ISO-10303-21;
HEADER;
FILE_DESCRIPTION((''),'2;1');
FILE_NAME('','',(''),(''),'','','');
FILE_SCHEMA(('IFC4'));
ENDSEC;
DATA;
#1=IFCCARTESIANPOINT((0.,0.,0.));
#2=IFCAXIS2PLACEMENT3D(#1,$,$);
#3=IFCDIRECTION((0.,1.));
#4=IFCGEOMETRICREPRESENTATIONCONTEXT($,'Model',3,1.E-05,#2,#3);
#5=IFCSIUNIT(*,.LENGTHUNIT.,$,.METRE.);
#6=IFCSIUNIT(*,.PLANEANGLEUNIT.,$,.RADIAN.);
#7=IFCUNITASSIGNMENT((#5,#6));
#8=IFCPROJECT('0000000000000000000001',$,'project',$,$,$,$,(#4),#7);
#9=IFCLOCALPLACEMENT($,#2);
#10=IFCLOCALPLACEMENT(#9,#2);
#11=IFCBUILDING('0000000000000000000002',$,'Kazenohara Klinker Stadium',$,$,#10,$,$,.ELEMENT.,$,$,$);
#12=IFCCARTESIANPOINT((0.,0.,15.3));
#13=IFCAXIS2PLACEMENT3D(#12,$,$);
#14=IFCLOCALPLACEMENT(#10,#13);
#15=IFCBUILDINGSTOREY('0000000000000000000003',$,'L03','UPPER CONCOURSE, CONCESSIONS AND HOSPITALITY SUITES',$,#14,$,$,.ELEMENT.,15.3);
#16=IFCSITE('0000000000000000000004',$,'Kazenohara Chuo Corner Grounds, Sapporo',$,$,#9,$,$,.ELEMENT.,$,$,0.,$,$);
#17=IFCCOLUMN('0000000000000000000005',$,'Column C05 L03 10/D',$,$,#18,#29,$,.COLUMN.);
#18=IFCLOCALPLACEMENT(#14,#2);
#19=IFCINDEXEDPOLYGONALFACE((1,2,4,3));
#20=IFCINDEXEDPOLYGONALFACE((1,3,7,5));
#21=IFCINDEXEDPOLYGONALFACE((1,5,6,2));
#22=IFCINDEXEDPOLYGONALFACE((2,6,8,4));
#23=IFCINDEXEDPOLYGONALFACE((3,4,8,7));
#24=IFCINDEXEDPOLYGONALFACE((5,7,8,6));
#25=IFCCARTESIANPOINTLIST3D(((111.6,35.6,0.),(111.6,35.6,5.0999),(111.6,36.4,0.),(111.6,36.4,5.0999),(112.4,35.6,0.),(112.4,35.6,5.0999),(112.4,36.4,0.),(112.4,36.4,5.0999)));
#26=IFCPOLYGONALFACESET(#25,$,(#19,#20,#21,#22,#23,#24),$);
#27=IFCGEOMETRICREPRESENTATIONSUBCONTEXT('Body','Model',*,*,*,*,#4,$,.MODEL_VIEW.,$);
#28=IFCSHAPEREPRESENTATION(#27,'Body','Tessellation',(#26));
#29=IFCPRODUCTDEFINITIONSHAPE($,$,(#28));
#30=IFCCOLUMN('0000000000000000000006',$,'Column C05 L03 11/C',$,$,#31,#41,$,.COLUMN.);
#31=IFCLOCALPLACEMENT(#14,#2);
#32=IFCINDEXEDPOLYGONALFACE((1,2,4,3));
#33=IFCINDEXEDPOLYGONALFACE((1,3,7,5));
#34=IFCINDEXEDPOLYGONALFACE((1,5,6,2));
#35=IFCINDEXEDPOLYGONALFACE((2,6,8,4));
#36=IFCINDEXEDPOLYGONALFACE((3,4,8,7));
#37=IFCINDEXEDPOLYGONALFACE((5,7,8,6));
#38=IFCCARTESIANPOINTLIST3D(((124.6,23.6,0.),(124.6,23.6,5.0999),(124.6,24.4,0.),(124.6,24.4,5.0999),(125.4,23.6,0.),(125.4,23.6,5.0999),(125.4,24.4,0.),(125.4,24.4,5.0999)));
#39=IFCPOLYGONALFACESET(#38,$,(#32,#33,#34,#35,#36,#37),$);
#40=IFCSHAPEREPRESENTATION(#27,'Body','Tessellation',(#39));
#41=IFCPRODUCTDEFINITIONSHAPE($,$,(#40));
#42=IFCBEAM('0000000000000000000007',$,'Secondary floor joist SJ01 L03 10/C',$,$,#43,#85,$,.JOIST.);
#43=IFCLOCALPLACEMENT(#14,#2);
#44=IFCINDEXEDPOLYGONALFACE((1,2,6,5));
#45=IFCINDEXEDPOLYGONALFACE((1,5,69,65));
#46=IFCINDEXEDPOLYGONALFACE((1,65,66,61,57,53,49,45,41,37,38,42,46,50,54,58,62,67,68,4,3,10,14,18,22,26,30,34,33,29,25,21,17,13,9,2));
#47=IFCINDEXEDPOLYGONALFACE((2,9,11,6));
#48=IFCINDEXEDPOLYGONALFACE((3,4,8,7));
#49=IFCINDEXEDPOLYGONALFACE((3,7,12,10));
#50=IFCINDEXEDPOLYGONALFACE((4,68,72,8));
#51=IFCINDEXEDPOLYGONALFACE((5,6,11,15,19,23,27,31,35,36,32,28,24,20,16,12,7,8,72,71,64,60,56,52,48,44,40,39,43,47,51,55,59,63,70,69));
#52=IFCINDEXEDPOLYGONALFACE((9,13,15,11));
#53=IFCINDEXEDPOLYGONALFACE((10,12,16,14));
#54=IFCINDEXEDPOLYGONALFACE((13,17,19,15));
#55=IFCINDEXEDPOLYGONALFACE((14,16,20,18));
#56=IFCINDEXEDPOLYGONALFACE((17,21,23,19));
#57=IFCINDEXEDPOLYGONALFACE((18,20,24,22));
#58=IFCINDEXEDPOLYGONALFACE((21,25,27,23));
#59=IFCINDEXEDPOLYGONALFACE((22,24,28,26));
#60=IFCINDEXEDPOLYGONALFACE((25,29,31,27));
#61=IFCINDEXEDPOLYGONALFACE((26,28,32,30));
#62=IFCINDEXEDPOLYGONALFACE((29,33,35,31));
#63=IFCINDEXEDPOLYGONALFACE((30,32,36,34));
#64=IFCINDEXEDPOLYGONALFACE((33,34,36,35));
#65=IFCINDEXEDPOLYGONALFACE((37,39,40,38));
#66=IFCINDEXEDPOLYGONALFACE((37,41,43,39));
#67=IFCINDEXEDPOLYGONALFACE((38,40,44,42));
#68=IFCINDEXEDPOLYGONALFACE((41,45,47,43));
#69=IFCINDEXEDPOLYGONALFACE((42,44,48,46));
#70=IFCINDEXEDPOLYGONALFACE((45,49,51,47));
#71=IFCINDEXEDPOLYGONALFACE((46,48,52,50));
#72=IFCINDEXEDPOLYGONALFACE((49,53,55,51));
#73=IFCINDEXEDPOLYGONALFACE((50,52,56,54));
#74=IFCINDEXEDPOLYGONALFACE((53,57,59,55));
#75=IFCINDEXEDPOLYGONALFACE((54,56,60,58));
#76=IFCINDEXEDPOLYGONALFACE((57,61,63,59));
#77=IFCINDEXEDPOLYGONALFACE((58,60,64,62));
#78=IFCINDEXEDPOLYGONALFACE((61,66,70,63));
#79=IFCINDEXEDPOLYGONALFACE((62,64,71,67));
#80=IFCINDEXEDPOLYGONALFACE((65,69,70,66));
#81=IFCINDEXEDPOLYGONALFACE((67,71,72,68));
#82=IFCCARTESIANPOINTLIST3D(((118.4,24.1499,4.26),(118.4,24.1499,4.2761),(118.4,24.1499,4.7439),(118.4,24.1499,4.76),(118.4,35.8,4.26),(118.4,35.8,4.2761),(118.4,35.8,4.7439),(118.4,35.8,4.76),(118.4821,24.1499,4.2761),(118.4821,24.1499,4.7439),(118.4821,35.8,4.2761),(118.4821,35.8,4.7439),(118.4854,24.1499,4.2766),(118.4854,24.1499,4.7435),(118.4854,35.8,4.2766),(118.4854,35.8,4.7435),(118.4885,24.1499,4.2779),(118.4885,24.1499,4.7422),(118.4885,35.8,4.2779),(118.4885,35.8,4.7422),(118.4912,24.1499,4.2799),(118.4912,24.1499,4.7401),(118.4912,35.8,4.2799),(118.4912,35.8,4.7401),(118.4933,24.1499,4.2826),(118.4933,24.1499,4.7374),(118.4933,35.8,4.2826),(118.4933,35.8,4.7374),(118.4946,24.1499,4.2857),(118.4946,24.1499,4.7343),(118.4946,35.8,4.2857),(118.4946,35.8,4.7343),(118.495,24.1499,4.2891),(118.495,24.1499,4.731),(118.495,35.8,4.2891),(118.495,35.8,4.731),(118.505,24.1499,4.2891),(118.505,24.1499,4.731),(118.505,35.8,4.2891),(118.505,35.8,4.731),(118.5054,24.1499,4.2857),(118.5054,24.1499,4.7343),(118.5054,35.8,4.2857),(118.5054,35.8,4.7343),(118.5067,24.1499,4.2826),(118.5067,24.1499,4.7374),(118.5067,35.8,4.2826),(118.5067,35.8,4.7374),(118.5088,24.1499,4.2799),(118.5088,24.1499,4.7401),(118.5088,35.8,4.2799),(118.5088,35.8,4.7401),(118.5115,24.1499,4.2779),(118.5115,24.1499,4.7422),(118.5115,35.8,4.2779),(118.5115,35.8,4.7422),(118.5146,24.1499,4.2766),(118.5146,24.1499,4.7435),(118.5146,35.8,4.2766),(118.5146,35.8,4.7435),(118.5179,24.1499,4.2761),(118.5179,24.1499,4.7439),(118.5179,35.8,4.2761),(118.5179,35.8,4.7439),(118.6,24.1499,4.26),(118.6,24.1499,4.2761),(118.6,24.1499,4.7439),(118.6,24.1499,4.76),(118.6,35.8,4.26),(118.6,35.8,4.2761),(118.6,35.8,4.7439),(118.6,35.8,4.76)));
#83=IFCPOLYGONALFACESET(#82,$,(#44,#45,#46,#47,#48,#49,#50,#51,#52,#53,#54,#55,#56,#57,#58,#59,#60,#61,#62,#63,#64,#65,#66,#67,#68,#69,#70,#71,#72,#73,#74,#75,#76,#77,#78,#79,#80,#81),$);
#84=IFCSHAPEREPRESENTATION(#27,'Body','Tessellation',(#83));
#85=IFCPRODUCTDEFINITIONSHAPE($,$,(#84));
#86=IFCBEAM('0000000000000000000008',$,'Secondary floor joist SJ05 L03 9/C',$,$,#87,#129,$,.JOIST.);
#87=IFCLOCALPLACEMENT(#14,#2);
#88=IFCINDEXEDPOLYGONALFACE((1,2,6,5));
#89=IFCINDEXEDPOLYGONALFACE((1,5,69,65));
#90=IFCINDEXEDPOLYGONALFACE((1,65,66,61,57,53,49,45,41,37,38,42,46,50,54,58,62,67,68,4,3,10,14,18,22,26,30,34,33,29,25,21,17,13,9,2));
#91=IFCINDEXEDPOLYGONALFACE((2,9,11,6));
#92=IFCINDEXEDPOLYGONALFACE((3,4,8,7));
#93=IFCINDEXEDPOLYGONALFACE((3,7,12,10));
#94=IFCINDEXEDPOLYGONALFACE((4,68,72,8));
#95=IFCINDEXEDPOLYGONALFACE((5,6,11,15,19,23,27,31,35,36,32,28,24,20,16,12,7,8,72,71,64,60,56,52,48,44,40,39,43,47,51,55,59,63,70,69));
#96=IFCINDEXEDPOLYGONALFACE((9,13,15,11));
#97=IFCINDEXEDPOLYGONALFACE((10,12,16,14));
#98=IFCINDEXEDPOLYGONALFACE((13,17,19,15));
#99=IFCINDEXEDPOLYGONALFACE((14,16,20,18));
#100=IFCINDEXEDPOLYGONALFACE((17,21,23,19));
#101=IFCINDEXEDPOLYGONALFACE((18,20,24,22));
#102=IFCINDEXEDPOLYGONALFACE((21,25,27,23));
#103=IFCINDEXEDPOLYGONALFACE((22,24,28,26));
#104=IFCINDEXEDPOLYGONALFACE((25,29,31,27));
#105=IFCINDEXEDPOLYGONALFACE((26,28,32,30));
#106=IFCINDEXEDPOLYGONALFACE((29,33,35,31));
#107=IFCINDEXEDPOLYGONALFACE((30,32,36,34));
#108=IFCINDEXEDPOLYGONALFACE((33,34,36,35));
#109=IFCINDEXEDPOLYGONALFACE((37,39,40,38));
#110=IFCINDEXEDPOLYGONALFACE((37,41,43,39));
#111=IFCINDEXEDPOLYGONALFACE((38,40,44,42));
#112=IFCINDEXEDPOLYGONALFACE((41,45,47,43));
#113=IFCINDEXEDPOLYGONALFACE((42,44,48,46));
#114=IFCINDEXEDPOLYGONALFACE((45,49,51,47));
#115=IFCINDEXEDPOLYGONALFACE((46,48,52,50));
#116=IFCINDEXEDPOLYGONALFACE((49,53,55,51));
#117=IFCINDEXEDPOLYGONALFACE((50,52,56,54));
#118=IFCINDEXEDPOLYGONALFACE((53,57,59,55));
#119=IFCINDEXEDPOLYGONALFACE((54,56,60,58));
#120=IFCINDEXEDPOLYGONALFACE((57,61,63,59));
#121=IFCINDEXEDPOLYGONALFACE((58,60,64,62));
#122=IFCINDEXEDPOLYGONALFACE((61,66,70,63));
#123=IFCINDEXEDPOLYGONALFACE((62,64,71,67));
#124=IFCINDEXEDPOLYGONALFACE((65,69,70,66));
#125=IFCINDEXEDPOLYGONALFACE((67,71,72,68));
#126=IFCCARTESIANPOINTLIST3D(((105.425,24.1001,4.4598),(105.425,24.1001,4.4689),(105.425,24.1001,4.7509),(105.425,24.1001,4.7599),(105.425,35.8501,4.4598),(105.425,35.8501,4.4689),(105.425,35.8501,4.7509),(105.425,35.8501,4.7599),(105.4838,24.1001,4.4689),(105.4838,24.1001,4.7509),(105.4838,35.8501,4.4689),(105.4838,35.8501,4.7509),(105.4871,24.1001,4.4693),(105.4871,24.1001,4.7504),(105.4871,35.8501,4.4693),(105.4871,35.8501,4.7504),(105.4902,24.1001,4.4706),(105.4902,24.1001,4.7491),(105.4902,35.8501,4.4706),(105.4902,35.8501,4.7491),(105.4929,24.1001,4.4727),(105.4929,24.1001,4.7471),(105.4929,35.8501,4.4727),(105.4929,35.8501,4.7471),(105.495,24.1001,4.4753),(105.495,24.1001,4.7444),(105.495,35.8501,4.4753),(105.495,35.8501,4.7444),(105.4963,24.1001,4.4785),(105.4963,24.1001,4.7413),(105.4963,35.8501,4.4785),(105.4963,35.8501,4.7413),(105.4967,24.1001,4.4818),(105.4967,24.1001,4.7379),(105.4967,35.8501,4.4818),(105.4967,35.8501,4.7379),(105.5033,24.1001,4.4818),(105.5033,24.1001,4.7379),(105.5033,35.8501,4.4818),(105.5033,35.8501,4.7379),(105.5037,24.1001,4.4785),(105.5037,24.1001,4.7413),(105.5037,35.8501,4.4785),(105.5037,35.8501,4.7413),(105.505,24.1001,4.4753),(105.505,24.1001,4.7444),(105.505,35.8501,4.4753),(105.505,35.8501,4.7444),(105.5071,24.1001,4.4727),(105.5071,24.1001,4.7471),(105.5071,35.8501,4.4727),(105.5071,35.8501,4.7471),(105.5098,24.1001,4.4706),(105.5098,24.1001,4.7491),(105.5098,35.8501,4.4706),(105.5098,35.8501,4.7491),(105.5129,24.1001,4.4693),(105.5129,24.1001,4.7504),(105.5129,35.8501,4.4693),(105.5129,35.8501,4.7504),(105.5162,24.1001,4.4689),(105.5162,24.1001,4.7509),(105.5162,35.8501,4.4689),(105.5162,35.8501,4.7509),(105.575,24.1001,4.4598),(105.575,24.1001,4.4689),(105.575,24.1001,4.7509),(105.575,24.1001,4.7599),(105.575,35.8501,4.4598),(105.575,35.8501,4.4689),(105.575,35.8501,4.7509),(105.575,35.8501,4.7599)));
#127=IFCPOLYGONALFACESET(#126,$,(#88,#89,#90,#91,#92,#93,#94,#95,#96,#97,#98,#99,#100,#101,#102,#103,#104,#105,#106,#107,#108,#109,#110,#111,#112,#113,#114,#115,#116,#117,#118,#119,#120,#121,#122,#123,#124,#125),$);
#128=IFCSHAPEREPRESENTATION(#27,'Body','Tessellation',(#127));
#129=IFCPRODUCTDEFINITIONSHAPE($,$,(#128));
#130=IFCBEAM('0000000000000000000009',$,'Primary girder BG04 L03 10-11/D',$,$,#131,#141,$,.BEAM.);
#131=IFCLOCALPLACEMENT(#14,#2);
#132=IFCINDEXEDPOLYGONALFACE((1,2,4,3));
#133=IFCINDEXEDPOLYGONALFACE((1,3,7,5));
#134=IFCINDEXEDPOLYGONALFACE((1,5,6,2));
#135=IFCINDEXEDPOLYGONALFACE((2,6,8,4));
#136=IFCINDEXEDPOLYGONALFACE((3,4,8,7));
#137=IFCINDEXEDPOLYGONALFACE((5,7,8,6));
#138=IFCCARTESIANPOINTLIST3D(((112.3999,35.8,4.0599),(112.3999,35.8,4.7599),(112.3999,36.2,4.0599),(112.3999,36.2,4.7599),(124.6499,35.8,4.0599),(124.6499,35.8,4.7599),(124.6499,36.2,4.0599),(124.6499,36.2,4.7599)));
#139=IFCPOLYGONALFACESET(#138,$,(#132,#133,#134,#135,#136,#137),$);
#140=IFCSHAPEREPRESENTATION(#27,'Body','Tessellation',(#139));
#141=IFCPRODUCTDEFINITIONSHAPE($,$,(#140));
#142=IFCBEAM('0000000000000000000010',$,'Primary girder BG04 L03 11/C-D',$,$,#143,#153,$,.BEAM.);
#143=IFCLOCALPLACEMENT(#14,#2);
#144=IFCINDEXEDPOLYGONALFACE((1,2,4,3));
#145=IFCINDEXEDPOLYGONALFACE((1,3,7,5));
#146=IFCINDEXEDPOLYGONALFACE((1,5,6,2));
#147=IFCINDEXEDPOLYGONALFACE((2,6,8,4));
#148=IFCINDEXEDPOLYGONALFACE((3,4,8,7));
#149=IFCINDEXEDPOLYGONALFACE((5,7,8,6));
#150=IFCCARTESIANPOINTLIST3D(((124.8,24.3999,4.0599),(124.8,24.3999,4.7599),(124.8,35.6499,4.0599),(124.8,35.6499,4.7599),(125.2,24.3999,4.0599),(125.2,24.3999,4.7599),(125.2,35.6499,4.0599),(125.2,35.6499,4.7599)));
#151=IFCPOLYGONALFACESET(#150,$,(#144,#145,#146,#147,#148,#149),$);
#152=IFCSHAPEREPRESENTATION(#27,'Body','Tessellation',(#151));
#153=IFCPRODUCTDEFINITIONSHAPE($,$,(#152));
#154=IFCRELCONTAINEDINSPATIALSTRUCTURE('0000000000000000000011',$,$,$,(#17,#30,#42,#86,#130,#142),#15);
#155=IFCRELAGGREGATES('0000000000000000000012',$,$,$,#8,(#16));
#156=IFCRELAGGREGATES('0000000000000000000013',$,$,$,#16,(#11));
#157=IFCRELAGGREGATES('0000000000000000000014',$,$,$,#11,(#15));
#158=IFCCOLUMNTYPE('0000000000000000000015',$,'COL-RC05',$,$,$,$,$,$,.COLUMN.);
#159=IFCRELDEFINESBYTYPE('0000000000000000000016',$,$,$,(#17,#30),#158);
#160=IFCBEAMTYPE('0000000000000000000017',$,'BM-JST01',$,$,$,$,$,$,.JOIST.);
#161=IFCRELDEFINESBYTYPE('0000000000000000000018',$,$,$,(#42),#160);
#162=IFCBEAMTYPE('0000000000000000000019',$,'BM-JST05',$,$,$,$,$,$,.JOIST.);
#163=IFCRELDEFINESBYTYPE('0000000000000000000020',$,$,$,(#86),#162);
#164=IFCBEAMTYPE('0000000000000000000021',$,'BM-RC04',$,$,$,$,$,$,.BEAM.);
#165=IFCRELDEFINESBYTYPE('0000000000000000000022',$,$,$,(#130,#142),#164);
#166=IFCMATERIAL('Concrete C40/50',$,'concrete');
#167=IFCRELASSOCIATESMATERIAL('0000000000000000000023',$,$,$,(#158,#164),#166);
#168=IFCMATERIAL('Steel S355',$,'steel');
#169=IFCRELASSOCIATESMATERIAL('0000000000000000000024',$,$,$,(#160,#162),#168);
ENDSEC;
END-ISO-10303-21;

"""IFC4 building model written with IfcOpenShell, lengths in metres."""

from ifc_helpers import new_model, si_unit, direction, frame, origin, origin_2d, place, context, subcontext, project, spatial, rectangle, i_section, extrude, material, material_profile, profile_set, type_object, element, save


model = new_model("IFC4")

# Units and contexts
model_context = context("Model", 3, precision=1e-05, world=origin(), true_north=direction((0.0, 1.0)))
body_context = subcontext(model_context, "Body", "Model", "MODEL_VIEW")
ifc_project = project(units=[si_unit("LENGTHUNIT", "METRE"), si_unit("PLANEANGLEUNIT", "RADIAN")], contexts=[model_context])

# Site, building, storey
site_placement = place(None, origin())
site = spatial("IfcSite", under=ifc_project, at=site_placement, Name="Kazenohara Chuo Corner Grounds, Sapporo", CompositionType="ELEMENT", RefElevation=0.0)
building_placement = place(site_placement, origin())
building = spatial("IfcBuilding", under=site, at=building_placement, Name="Kazenohara Klinker Stadium", CompositionType="ELEMENT")
storey_placement = place(building_placement, frame((0.0, 0.0, 15.3)))
storey = spatial("IfcBuildingStorey", under=building, at=storey_placement, Name="L03", Description="UPPER CONCOURSE, CONCESSIONS AND HOSPITALITY SUITES", CompositionType="ELEMENT", Elevation=15.3)

# Columns
ifc_material_1 = material(Name="Concrete C40/50", Category="concrete")
ifc_material_profile_1 = material_profile(ifc_material_1, rectangle(XDim=0.8, YDim=0.8, at=origin_2d()), Name="RC-COL-800x800")
ifc_profile_set_1 = profile_set([ifc_material_profile_1], Name="Concrete C40/50")
column_type = type_object("IfcColumnType", Name="COL-RC05", PredefinedType="COLUMN", material=ifc_profile_set_1)
for number, where, z_axis, x_axis, name in (
    (1, (112.0, 36.0, 0.0), (0.0, 0.0, 1.0), (1.0, 0.0, 0.0), "Column C05 L03 10/D"),
    (2, (125.0, 24.0, 0.0), (0.0, 0.0, 1.0), (1.0, 0.0, 0.0), "Column C05 L03 11/C"),
):
    element("IfcColumn", number, at=place(storey_placement, frame(where, z_axis=z_axis, x_axis=x_axis)), inside=storey, type_object=column_type, Name=name, PredefinedType="COLUMN", context=body_context, shape_type="SweptSolid", body=[
        extrude(rectangle(XDim=0.8, YDim=0.8, at=origin_2d()), origin(), (0.0, 0.0, 1.0), 5.0999),
    ])

# Beams
ifc_material_2 = material(Name="Steel S355", Category="steel")
ifc_material_profile_2 = material_profile(ifc_material_2, i_section(OverallWidth=0.2, OverallDepth=0.5, WebThickness=0.01, FlangeThickness=0.0161, FilletRadius=0.0129, at=origin_2d()), Name="H-500x200x10x16")
ifc_profile_set_2 = profile_set([ifc_material_profile_2], Name="Steel S355")
beam_type_1 = type_object("IfcBeamType", Name="BM-JST01", PredefinedType="JOIST", material=ifc_profile_set_2)
beam_1_placement = place(storey_placement, frame((118.5, 24.1499, 4.51), z_axis=(0.0, 1.0, 0.0), x_axis=(-1.0, 0.0, 0.0)))
element("IfcBeam", 3, at=beam_1_placement, inside=storey, type_object=beam_type_1, Name="Secondary floor joist SJ01 L03 10/C", PredefinedType="JOIST", context=body_context, shape_type="SweptSolid", body=[
    extrude(i_section(OverallWidth=0.2, OverallDepth=0.5, WebThickness=0.01, FlangeThickness=0.0161, FilletRadius=0.0129, at=origin_2d()), origin(), (0.0, 0.0, 1.0), 11.6501),
])
ifc_material_profile_3 = material_profile(ifc_material_2, i_section(OverallWidth=0.1499, OverallDepth=0.3, WebThickness=0.0066, FlangeThickness=0.009, FilletRadius=0.0129, at=origin_2d()), Name="H-300x150x6.5x9")
ifc_profile_set_3 = profile_set([ifc_material_profile_3], Name="Steel S355")
beam_type_2 = type_object("IfcBeamType", Name="BM-JST05", PredefinedType="JOIST", material=ifc_profile_set_3)
beam_2_placement = place(storey_placement, frame((105.5, 24.1001, 4.6099), z_axis=(0.0, 1.0, 0.0), x_axis=(-1.0, 0.0, 0.0)))
element("IfcBeam", 4, at=beam_2_placement, inside=storey, type_object=beam_type_2, Name="Secondary floor joist SJ05 L03 9/C", PredefinedType="JOIST", context=body_context, shape_type="SweptSolid", body=[
    extrude(i_section(OverallWidth=0.1499, OverallDepth=0.3, WebThickness=0.0066, FlangeThickness=0.009, FilletRadius=0.0129, at=origin_2d()), origin(), (0.0, 0.0, 1.0), 11.75),
])
ifc_material_profile_4 = material_profile(ifc_material_1, rectangle(XDim=0.3999, YDim=0.7, at=origin_2d()), Name="RC-BM-400x700")
ifc_profile_set_4 = profile_set([ifc_material_profile_4], Name="Concrete C40/50")
beam_type_3 = type_object("IfcBeamType", Name="BM-RC04", PredefinedType="BEAM", material=ifc_profile_set_4)
beam_3_placement = place(storey_placement, frame((112.3999, 36.0, 4.4099), z_axis=(1.0, 0.0, 0.0), x_axis=(0.0, 1.0, 0.0)))
element("IfcBeam", 5, at=beam_3_placement, inside=storey, type_object=beam_type_3, Name="Primary girder BG04 L03 10-11/D", PredefinedType="BEAM", context=body_context, shape_type="SweptSolid", body=[
    extrude(rectangle(XDim=0.3999, YDim=0.7, at=origin_2d()), origin(), (0.0, 0.0, 1.0), 12.25),
])
beam_4_placement = place(storey_placement, frame((125.0, 24.3999, 4.4099), z_axis=(0.0, 1.0, 0.0), x_axis=(-1.0, 0.0, 0.0)))
element("IfcBeam", 6, at=beam_4_placement, inside=storey, type_object=beam_type_3, Name="Primary girder BG04 L03 11/C-D", PredefinedType="BEAM", context=body_context, shape_type="SweptSolid", body=[
    extrude(rectangle(XDim=0.3999, YDim=0.7, at=origin_2d()), origin(), (0.0, 0.0, 1.0), 11.25),
])

save(model, "model.ifc")
